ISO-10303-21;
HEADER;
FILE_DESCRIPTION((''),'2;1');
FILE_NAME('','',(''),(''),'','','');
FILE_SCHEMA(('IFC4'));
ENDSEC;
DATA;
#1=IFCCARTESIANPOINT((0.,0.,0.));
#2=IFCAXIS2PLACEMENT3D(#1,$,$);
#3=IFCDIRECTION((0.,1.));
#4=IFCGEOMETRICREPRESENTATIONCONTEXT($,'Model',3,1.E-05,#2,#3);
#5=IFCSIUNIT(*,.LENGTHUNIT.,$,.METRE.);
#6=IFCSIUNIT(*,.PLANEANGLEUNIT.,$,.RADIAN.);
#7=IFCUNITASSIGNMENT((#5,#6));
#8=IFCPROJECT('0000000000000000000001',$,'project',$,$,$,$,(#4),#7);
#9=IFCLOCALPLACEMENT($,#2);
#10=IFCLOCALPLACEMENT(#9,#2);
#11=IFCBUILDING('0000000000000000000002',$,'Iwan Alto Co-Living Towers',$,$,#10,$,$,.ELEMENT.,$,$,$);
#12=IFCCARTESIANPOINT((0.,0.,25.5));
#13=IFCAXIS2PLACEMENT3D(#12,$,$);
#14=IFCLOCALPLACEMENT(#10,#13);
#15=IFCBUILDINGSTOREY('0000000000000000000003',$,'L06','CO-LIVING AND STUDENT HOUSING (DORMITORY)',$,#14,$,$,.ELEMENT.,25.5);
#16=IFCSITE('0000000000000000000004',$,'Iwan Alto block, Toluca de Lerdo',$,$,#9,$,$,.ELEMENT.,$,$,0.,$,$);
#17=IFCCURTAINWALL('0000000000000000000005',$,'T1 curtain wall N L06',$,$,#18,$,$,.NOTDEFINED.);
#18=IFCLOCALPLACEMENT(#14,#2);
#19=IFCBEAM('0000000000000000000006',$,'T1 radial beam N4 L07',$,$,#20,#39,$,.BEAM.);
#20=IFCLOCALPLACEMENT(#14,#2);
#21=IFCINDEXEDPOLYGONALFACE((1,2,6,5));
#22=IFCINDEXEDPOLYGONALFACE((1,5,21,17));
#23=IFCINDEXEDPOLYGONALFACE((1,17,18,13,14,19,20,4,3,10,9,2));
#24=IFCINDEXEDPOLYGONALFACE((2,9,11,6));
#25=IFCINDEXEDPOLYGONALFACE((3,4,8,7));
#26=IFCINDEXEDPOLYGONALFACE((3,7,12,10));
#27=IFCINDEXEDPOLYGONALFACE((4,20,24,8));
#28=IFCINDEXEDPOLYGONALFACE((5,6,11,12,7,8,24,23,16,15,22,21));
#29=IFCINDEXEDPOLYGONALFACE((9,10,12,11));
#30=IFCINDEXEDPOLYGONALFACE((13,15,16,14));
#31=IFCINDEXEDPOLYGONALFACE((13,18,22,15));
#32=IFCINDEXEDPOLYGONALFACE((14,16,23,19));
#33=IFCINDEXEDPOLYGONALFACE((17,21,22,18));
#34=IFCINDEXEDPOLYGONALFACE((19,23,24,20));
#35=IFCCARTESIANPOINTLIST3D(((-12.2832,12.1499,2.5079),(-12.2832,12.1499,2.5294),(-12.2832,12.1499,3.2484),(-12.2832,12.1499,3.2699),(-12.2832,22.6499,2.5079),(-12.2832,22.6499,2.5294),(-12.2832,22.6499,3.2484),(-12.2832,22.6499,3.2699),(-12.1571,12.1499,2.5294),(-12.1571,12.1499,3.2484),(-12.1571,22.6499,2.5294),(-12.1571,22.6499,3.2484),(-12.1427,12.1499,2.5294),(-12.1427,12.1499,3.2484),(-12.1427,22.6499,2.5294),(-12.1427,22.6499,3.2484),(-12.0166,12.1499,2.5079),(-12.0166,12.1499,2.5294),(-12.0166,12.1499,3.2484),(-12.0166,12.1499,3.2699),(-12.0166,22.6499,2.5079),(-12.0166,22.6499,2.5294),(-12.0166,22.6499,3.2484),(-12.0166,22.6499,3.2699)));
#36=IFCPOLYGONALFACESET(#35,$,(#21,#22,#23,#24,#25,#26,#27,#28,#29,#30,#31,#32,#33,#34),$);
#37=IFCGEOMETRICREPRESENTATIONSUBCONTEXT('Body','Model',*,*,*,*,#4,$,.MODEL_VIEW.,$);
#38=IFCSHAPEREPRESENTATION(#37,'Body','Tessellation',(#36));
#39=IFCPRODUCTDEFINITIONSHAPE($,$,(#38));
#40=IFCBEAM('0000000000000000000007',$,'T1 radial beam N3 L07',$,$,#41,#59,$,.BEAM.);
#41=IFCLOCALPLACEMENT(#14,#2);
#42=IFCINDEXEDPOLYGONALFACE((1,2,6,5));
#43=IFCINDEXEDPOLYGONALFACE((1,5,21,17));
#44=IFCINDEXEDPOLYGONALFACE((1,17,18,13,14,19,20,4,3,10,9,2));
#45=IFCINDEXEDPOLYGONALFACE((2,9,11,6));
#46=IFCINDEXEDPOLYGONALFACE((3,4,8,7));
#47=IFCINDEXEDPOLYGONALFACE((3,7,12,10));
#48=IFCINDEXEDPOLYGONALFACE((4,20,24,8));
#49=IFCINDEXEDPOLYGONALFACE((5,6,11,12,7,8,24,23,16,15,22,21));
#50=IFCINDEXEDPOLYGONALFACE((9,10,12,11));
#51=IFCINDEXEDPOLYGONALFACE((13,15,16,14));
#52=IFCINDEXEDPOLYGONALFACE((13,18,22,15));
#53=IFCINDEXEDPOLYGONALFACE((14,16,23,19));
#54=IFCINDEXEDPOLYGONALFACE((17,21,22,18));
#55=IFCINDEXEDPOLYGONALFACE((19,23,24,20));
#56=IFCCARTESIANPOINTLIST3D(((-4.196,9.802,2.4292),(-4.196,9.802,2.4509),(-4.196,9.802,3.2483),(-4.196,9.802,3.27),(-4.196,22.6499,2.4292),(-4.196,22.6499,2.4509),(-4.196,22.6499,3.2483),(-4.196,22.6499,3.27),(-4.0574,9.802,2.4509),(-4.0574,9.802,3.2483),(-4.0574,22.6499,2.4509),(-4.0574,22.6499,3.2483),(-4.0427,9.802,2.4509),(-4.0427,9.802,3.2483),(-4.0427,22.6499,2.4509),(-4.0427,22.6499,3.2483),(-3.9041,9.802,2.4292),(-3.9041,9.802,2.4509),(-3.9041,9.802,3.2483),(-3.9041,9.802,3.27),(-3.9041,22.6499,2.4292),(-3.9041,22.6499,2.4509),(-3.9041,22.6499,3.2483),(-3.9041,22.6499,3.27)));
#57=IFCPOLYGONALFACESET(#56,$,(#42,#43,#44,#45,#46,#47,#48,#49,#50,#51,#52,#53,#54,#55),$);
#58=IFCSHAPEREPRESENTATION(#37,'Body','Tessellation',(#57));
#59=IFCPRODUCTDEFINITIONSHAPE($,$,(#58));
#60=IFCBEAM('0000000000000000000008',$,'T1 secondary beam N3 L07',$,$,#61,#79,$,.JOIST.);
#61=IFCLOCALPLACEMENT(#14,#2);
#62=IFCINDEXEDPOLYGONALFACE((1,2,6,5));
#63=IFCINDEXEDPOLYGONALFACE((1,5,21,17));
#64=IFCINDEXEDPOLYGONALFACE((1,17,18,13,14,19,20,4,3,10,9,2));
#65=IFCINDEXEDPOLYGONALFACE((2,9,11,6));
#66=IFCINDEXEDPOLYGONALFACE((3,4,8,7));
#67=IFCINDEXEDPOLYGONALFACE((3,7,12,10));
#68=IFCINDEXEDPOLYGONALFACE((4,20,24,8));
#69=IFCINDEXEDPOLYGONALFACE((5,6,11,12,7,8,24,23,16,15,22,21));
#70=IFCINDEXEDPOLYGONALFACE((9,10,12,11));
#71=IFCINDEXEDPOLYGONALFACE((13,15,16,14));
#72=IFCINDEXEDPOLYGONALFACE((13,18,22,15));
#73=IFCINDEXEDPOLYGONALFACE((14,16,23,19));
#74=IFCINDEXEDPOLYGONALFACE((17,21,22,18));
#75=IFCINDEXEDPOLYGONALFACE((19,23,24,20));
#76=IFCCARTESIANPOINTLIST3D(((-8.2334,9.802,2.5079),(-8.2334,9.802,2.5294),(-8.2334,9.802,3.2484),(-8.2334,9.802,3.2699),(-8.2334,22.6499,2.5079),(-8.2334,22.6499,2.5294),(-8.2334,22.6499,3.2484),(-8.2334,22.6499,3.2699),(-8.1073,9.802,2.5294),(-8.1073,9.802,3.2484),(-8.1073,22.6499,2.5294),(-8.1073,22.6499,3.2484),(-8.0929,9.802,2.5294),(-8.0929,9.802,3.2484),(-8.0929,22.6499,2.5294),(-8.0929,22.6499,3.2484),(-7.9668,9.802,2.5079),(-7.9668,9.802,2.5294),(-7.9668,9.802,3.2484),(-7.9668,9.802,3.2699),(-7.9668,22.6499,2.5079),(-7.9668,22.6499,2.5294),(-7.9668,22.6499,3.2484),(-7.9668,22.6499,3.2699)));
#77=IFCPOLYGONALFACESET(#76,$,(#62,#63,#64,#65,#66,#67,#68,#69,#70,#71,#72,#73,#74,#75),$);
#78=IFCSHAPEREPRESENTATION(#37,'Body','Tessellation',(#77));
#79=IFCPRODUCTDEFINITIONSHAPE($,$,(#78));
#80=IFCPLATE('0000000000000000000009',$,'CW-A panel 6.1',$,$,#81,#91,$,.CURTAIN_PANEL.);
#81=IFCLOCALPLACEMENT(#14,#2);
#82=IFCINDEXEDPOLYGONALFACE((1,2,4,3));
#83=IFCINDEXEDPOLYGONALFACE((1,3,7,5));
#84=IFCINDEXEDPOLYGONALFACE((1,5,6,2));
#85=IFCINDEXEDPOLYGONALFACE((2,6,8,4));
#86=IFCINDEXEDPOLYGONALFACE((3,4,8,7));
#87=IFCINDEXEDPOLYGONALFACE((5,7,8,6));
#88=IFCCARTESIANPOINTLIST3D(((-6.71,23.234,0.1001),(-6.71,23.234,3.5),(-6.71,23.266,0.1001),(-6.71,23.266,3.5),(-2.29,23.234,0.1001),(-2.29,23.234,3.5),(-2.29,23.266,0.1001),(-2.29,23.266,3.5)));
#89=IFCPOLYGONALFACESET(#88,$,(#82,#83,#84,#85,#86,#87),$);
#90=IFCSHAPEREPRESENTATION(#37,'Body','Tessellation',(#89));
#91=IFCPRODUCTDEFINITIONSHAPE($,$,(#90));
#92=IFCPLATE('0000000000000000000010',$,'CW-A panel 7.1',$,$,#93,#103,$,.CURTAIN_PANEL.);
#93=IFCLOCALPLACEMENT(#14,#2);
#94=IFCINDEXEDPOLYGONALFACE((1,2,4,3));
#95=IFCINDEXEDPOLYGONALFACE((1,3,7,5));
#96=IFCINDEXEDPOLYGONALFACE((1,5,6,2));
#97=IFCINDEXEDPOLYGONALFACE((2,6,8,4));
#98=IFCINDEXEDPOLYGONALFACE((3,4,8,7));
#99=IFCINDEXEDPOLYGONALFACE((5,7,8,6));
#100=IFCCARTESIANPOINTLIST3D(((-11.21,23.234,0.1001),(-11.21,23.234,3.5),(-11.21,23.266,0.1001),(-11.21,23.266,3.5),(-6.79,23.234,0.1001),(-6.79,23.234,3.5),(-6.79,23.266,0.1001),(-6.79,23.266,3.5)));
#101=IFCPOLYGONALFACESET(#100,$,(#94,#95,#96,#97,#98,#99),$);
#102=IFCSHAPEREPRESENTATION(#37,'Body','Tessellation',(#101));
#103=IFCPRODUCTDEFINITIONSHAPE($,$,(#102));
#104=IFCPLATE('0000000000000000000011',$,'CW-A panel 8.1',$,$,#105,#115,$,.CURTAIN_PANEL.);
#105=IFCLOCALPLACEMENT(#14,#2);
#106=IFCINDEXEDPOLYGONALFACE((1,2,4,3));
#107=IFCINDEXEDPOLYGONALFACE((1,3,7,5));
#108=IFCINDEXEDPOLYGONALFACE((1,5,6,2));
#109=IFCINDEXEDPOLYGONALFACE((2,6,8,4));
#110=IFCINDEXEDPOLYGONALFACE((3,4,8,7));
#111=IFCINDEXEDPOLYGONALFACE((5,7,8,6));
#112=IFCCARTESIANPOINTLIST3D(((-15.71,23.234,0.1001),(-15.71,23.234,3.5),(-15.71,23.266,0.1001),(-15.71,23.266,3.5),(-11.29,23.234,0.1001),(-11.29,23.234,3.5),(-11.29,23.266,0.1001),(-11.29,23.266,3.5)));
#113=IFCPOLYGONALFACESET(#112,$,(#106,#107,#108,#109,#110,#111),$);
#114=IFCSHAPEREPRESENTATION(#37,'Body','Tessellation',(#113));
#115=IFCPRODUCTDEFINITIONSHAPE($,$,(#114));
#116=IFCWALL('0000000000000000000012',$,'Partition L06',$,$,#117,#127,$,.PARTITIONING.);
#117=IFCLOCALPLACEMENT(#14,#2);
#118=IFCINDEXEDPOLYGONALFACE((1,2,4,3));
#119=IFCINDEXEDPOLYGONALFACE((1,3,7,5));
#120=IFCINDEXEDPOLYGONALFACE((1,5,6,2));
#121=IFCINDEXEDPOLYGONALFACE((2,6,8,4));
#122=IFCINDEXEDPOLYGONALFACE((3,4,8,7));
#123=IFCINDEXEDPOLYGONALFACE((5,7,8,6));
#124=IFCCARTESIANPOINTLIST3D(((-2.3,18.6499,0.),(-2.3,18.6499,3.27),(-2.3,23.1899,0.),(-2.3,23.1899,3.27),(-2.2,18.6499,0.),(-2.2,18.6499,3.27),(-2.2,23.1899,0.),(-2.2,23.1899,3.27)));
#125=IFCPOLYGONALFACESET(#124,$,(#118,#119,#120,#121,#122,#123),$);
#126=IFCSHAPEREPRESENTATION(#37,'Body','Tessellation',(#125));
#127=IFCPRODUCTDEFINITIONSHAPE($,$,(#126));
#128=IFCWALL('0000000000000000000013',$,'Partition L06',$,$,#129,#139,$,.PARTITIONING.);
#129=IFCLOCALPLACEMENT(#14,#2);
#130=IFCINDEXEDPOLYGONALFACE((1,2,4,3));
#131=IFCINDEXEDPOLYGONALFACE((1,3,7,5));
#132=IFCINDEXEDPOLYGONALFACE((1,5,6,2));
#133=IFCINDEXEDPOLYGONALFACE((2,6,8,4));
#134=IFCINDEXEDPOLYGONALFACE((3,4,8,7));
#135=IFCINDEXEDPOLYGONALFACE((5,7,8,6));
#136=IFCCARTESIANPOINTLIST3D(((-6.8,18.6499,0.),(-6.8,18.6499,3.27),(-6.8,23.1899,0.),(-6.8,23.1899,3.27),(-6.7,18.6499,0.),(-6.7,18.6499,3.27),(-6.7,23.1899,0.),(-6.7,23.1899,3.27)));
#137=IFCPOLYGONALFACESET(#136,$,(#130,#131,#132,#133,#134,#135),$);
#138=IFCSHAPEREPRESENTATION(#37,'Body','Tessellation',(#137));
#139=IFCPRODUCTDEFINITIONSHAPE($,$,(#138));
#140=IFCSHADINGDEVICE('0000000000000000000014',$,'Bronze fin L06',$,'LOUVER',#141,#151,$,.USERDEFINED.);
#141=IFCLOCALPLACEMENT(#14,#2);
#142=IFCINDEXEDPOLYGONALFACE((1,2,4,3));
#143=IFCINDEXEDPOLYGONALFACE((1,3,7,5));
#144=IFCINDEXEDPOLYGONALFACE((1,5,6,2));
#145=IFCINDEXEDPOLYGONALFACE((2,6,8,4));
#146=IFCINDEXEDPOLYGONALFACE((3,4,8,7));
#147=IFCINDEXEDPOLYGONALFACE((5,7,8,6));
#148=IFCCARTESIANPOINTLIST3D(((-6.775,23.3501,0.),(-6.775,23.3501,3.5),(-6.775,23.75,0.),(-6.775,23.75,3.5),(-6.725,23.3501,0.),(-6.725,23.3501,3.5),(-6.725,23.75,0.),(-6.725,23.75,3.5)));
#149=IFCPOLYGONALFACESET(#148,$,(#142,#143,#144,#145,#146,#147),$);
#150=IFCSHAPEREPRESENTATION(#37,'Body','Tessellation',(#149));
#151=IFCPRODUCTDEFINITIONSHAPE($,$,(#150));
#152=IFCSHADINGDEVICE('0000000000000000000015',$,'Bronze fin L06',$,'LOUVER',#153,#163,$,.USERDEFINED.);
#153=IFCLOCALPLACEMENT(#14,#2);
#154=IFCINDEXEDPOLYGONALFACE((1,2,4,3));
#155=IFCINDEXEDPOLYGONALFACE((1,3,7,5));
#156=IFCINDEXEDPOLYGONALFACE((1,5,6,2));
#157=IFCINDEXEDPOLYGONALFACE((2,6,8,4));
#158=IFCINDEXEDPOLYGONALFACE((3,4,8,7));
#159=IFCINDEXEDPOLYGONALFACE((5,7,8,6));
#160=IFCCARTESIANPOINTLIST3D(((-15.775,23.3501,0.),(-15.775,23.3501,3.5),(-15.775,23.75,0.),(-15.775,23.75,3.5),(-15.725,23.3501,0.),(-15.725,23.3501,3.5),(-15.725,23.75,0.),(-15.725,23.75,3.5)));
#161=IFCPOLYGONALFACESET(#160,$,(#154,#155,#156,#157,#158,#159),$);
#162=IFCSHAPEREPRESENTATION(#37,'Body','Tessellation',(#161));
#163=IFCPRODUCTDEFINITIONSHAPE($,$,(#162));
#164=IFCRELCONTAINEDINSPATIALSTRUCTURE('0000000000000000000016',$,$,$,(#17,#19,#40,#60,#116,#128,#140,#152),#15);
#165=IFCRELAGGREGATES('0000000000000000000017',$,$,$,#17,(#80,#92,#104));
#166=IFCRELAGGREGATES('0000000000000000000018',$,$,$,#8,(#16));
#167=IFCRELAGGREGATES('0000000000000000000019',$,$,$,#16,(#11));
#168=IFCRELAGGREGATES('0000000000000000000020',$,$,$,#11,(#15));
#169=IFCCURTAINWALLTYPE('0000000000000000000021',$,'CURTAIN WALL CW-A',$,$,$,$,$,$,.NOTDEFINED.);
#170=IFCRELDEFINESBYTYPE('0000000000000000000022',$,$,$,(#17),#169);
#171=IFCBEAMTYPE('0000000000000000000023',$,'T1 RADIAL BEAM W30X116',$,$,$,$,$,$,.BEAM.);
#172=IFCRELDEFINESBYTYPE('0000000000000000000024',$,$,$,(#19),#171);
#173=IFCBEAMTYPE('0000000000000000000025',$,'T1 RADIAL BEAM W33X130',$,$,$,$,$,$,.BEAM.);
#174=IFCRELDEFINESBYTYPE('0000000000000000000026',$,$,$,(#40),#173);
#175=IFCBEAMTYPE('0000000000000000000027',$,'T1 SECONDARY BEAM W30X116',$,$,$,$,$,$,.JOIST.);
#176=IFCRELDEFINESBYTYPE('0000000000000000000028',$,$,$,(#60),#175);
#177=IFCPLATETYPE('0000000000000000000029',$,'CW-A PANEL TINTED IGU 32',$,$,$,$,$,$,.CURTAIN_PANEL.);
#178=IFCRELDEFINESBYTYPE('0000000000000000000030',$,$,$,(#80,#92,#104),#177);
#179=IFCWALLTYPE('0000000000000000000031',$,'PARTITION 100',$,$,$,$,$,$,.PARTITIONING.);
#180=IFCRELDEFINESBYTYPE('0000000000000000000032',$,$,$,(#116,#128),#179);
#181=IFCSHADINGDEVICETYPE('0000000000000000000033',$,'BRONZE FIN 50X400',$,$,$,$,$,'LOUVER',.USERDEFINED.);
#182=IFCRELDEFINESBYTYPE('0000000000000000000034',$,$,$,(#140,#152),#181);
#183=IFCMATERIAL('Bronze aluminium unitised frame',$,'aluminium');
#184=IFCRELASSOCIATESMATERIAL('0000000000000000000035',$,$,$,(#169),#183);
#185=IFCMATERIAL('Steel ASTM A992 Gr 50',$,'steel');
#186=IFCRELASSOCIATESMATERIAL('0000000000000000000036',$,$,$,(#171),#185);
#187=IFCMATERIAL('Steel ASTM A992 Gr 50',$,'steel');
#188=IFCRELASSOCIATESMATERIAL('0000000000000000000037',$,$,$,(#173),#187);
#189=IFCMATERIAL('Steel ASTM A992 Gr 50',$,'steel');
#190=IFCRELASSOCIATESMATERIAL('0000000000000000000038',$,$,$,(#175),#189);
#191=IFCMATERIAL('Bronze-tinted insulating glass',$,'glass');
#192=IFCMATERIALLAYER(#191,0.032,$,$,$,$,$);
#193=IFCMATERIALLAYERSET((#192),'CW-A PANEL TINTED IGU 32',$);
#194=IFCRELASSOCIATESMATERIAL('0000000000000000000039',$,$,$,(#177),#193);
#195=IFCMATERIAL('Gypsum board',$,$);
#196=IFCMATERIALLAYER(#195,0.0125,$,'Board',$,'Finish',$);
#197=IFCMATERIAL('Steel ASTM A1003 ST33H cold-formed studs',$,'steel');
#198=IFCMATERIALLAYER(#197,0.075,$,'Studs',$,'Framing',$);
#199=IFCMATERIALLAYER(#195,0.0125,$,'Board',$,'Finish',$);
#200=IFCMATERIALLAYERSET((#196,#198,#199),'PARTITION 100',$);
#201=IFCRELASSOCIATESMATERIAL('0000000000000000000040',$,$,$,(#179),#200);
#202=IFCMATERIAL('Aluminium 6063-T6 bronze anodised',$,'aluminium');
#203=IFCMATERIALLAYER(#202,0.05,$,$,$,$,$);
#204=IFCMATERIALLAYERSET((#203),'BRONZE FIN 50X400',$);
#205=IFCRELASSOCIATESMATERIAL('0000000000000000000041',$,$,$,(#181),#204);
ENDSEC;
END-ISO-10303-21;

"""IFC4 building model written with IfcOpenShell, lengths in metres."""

from ifc_helpers import new_model, si_unit, direction, frame, frame_2d, origin, origin_2d, place, context, subcontext, project, spatial, rectangle, i_section, extrude, material, layer, layer_set, material_profile, profile_set, type_object, element, aggregate, save


model = new_model("IFC4")

# Units and contexts
model_context = context("Model", 3, precision=1e-05, world=origin(), true_north=direction((0.0, 1.0)))
body_context = subcontext(model_context, "Body", "Model", "MODEL_VIEW")
ifc_project = project(units=[si_unit("LENGTHUNIT", "METRE"), si_unit("PLANEANGLEUNIT", "RADIAN")], contexts=[model_context])

# Site, building, storey
site_placement = place(None, origin())
site = spatial("IfcSite", under=ifc_project, at=site_placement, Name="Iwan Alto block, Toluca de Lerdo", CompositionType="ELEMENT", RefElevation=0.0)
building_placement = place(site_placement, origin())
building = spatial("IfcBuilding", under=site, at=building_placement, Name="Iwan Alto Co-Living Towers", CompositionType="ELEMENT")
storey_placement = place(building_placement, frame((0.0, 0.0, 25.5)))
storey = spatial("IfcBuildingStorey", under=building, at=storey_placement, Name="L06", Description="CO-LIVING AND STUDENT HOUSING (DORMITORY)", CompositionType="ELEMENT", Elevation=25.5)

# Curtain wall
ifc_material_1 = material(Name="Bronze aluminium unitised frame", Category="aluminium")
curtain_wall_type = type_object("IfcCurtainWallType", Name="CURTAIN WALL CW-A", PredefinedType="NOTDEFINED", material=ifc_material_1)
curtain_wall_placement = place(storey_placement, origin())
curtain_wall = element("IfcCurtainWall", 1, at=curtain_wall_placement, inside=storey, type_object=curtain_wall_type, Name="T1 curtain wall N L06", PredefinedType="NOTDEFINED")

# Beams
ifc_material_2 = material(Name="Steel ASTM A992 Gr 50", Category="steel")
ifc_material_profile_1 = material_profile(ifc_material_2, i_section(OverallWidth=0.2666, OverallDepth=0.762, WebThickness=0.0144, FlangeThickness=0.0215, at=origin_2d()), Name="W30X116")
ifc_profile_set_1 = profile_set([ifc_material_profile_1], Name="Steel ASTM A992 Gr 50")
beam_type_1 = type_object("IfcBeamType", Name="T1 RADIAL BEAM W30X116", PredefinedType="BEAM", material=ifc_profile_set_1)
beam_1_placement = place(storey_placement, frame((-12.1499, 22.6499, 2.8889), z_axis=(0.0, -1.0, 0.0), x_axis=(1.0, 0.0, 0.0)))
element("IfcBeam", 2, at=beam_1_placement, inside=storey, type_object=beam_type_1, Name="T1 radial beam N4 L07", PredefinedType="BEAM", context=body_context, shape_type="SweptSolid", body=[
    extrude(i_section(OverallWidth=0.2666, OverallDepth=0.762, WebThickness=0.0144, FlangeThickness=0.0215, at=origin_2d()), origin(), (0.0, 0.0, 1.0), 10.5),
])
ifc_material_3 = material(Name="Steel ASTM A992 Gr 50", Category="steel")
ifc_material_profile_2 = material_profile(ifc_material_3, i_section(OverallWidth=0.292, OverallDepth=0.8408, WebThickness=0.0146, FlangeThickness=0.0217, at=origin_2d()), Name="W33X130")
ifc_profile_set_2 = profile_set([ifc_material_profile_2], Name="Steel ASTM A992 Gr 50")
beam_type_2 = type_object("IfcBeamType", Name="T1 RADIAL BEAM W33X130", PredefinedType="BEAM", material=ifc_profile_set_2)
beam_2_placement = place(storey_placement, frame((-4.05, 22.6499, 2.8496), z_axis=(0.0, -1.0, 0.0), x_axis=(1.0, 0.0, 0.0)))
element("IfcBeam", 3, at=beam_2_placement, inside=storey, type_object=beam_type_2, Name="T1 radial beam N3 L07", PredefinedType="BEAM", context=body_context, shape_type="SweptSolid", body=[
    extrude(i_section(OverallWidth=0.292, OverallDepth=0.8408, WebThickness=0.0146, FlangeThickness=0.0217, at=origin_2d()), origin(), (0.0, 0.0, 1.0), 12.8479),
])
ifc_material_4 = material(Name="Steel ASTM A992 Gr 50", Category="steel")
ifc_material_profile_3 = material_profile(ifc_material_4, i_section(OverallWidth=0.2666, OverallDepth=0.762, WebThickness=0.0144, FlangeThickness=0.0215, at=origin_2d()), Name="W30X116")
ifc_profile_set_3 = profile_set([ifc_material_profile_3], Name="Steel ASTM A992 Gr 50")
beam_type_3 = type_object("IfcBeamType", Name="T1 SECONDARY BEAM W30X116", PredefinedType="JOIST", material=ifc_profile_set_3)
beam_3_placement = place(storey_placement, frame((-8.1001, 22.6499, 2.8889), z_axis=(0.0, -1.0, 0.0), x_axis=(1.0, 0.0, 0.0)))
element("IfcBeam", 4, at=beam_3_placement, inside=storey, type_object=beam_type_3, Name="T1 secondary beam N3 L07", PredefinedType="JOIST", context=body_context, shape_type="SweptSolid", body=[
    extrude(i_section(OverallWidth=0.2666, OverallDepth=0.762, WebThickness=0.0144, FlangeThickness=0.0215, at=origin_2d()), origin(), (0.0, 0.0, 1.0), 12.8479),
])

# Plates
ifc_material_5 = material(Name="Bronze-tinted insulating glass", Category="glass")
ifc_layer_1 = layer(ifc_material_5, 0.032)
ifc_layer_set_1 = layer_set([ifc_layer_1], Name="CW-A PANEL TINTED IGU 32")
plate_type = type_object("IfcPlateType", Name="CW-A PANEL TINTED IGU 32", PredefinedType="CURTAIN_PANEL", material=ifc_layer_set_1)
plate_1_placement = place(storey_placement, frame((-4.5, 23.25, 0.1001), z_axis=(0.0, 0.0, 1.0), x_axis=(-1.0, 0.0, 0.0)))
plate_1 = element("IfcPlate", 5, at=plate_1_placement, type_object=plate_type, Name="CW-A panel 6.1", PredefinedType="CURTAIN_PANEL", context=body_context, shape_type="SweptSolid", body=[
    extrude(rectangle(XDim=4.4199, YDim=0.032, at=origin_2d()), origin(), (0.0, 0.0, 1.0), 3.3999),
])
plate_2_placement = place(storey_placement, frame((-9.0, 23.25, 0.1001), z_axis=(0.0, 0.0, 1.0), x_axis=(-1.0, 0.0, 0.0)))
plate_2 = element("IfcPlate", 6, at=plate_2_placement, type_object=plate_type, Name="CW-A panel 7.1", PredefinedType="CURTAIN_PANEL", context=body_context, shape_type="SweptSolid", body=[
    extrude(rectangle(XDim=4.4199, YDim=0.032, at=origin_2d()), origin(), (0.0, 0.0, 1.0), 3.3999),
])
plate_3_placement = place(storey_placement, frame((-13.5, 23.25, 0.1001), z_axis=(0.0, 0.0, 1.0), x_axis=(-1.0, 0.0, 0.0)))
plate_3 = element("IfcPlate", 7, at=plate_3_placement, type_object=plate_type, Name="CW-A panel 8.1", PredefinedType="CURTAIN_PANEL", context=body_context, shape_type="SweptSolid", body=[
    extrude(rectangle(XDim=4.4199, YDim=0.032, at=origin_2d()), origin(), (0.0, 0.0, 1.0), 3.3999),
])
aggregate(curtain_wall, [plate_1, plate_2, plate_3])

# Walls
ifc_material_6 = material(Name="Gypsum board")
ifc_layer_2 = layer(ifc_material_6, 0.0125, Name="Board", Category="Finish")
ifc_material_7 = material(Name="Steel ASTM A1003 ST33H cold-formed studs", Category="steel")
ifc_layer_3 = layer(ifc_material_7, 0.075, Name="Studs", Category="Framing")
ifc_layer_4 = layer(ifc_material_6, 0.0125, Name="Board", Category="Finish")
ifc_layer_set_2 = layer_set([ifc_layer_2, ifc_layer_3, ifc_layer_4], Name="PARTITION 100")
wall_type = type_object("IfcWallType", Name="PARTITION 100", PredefinedType="PARTITIONING", material=ifc_layer_set_2)
for number, where, z_axis, x_axis, name in (
    (8, (-2.25, 18.6499, 0.0), (0.0, 0.0, 1.0), (0.0, 1.0, 0.0), "Partition L06"),
    (9, (-6.75, 18.6499, 0.0), (0.0, 0.0, 1.0), (0.0, 1.0, 0.0), "Partition L06"),
):
    element("IfcWall", number, at=place(storey_placement, frame(where, z_axis=z_axis, x_axis=x_axis)), inside=storey, type_object=wall_type, Name=name, PredefinedType="PARTITIONING", context=body_context, shape_type="SweptSolid", body=[
        extrude(rectangle(XDim=4.54, YDim=0.1001, at=frame_2d((2.27, 0.0))), origin(), (0.0, 0.0, 1.0), 3.27),
    ])

# Shading devices
ifc_material_8 = material(Name="Aluminium 6063-T6 bronze anodised", Category="aluminium")
ifc_layer_5 = layer(ifc_material_8, 0.05)
ifc_layer_set_3 = layer_set([ifc_layer_5], Name="BRONZE FIN 50X400")
shading_device_type = type_object("IfcShadingDeviceType", Name="BRONZE FIN 50X400", ElementType="LOUVER", PredefinedType="USERDEFINED", material=ifc_layer_set_3)
for number, where, z_axis, x_axis, name in (
    (10, (-6.75, 23.55, 0.0), (0.0, 0.0, 1.0), (-1.0, 0.0, 0.0), "Bronze fin L06"),
    (11, (-15.75, 23.55, 0.0), (0.0, 0.0, 1.0), (-1.0, 0.0, 0.0), "Bronze fin L06"),
):
    element("IfcShadingDevice", number, at=place(storey_placement, frame(where, z_axis=z_axis, x_axis=x_axis)), inside=storey, type_object=shading_device_type, Name=name, ObjectType="LOUVER", PredefinedType="USERDEFINED", context=body_context, shape_type="SweptSolid", body=[
        extrude(rectangle(XDim=0.05, YDim=0.3999, at=origin_2d()), origin(), (0.0, 0.0, 1.0), 3.5),
    ])

save(model, "model.ifc")
